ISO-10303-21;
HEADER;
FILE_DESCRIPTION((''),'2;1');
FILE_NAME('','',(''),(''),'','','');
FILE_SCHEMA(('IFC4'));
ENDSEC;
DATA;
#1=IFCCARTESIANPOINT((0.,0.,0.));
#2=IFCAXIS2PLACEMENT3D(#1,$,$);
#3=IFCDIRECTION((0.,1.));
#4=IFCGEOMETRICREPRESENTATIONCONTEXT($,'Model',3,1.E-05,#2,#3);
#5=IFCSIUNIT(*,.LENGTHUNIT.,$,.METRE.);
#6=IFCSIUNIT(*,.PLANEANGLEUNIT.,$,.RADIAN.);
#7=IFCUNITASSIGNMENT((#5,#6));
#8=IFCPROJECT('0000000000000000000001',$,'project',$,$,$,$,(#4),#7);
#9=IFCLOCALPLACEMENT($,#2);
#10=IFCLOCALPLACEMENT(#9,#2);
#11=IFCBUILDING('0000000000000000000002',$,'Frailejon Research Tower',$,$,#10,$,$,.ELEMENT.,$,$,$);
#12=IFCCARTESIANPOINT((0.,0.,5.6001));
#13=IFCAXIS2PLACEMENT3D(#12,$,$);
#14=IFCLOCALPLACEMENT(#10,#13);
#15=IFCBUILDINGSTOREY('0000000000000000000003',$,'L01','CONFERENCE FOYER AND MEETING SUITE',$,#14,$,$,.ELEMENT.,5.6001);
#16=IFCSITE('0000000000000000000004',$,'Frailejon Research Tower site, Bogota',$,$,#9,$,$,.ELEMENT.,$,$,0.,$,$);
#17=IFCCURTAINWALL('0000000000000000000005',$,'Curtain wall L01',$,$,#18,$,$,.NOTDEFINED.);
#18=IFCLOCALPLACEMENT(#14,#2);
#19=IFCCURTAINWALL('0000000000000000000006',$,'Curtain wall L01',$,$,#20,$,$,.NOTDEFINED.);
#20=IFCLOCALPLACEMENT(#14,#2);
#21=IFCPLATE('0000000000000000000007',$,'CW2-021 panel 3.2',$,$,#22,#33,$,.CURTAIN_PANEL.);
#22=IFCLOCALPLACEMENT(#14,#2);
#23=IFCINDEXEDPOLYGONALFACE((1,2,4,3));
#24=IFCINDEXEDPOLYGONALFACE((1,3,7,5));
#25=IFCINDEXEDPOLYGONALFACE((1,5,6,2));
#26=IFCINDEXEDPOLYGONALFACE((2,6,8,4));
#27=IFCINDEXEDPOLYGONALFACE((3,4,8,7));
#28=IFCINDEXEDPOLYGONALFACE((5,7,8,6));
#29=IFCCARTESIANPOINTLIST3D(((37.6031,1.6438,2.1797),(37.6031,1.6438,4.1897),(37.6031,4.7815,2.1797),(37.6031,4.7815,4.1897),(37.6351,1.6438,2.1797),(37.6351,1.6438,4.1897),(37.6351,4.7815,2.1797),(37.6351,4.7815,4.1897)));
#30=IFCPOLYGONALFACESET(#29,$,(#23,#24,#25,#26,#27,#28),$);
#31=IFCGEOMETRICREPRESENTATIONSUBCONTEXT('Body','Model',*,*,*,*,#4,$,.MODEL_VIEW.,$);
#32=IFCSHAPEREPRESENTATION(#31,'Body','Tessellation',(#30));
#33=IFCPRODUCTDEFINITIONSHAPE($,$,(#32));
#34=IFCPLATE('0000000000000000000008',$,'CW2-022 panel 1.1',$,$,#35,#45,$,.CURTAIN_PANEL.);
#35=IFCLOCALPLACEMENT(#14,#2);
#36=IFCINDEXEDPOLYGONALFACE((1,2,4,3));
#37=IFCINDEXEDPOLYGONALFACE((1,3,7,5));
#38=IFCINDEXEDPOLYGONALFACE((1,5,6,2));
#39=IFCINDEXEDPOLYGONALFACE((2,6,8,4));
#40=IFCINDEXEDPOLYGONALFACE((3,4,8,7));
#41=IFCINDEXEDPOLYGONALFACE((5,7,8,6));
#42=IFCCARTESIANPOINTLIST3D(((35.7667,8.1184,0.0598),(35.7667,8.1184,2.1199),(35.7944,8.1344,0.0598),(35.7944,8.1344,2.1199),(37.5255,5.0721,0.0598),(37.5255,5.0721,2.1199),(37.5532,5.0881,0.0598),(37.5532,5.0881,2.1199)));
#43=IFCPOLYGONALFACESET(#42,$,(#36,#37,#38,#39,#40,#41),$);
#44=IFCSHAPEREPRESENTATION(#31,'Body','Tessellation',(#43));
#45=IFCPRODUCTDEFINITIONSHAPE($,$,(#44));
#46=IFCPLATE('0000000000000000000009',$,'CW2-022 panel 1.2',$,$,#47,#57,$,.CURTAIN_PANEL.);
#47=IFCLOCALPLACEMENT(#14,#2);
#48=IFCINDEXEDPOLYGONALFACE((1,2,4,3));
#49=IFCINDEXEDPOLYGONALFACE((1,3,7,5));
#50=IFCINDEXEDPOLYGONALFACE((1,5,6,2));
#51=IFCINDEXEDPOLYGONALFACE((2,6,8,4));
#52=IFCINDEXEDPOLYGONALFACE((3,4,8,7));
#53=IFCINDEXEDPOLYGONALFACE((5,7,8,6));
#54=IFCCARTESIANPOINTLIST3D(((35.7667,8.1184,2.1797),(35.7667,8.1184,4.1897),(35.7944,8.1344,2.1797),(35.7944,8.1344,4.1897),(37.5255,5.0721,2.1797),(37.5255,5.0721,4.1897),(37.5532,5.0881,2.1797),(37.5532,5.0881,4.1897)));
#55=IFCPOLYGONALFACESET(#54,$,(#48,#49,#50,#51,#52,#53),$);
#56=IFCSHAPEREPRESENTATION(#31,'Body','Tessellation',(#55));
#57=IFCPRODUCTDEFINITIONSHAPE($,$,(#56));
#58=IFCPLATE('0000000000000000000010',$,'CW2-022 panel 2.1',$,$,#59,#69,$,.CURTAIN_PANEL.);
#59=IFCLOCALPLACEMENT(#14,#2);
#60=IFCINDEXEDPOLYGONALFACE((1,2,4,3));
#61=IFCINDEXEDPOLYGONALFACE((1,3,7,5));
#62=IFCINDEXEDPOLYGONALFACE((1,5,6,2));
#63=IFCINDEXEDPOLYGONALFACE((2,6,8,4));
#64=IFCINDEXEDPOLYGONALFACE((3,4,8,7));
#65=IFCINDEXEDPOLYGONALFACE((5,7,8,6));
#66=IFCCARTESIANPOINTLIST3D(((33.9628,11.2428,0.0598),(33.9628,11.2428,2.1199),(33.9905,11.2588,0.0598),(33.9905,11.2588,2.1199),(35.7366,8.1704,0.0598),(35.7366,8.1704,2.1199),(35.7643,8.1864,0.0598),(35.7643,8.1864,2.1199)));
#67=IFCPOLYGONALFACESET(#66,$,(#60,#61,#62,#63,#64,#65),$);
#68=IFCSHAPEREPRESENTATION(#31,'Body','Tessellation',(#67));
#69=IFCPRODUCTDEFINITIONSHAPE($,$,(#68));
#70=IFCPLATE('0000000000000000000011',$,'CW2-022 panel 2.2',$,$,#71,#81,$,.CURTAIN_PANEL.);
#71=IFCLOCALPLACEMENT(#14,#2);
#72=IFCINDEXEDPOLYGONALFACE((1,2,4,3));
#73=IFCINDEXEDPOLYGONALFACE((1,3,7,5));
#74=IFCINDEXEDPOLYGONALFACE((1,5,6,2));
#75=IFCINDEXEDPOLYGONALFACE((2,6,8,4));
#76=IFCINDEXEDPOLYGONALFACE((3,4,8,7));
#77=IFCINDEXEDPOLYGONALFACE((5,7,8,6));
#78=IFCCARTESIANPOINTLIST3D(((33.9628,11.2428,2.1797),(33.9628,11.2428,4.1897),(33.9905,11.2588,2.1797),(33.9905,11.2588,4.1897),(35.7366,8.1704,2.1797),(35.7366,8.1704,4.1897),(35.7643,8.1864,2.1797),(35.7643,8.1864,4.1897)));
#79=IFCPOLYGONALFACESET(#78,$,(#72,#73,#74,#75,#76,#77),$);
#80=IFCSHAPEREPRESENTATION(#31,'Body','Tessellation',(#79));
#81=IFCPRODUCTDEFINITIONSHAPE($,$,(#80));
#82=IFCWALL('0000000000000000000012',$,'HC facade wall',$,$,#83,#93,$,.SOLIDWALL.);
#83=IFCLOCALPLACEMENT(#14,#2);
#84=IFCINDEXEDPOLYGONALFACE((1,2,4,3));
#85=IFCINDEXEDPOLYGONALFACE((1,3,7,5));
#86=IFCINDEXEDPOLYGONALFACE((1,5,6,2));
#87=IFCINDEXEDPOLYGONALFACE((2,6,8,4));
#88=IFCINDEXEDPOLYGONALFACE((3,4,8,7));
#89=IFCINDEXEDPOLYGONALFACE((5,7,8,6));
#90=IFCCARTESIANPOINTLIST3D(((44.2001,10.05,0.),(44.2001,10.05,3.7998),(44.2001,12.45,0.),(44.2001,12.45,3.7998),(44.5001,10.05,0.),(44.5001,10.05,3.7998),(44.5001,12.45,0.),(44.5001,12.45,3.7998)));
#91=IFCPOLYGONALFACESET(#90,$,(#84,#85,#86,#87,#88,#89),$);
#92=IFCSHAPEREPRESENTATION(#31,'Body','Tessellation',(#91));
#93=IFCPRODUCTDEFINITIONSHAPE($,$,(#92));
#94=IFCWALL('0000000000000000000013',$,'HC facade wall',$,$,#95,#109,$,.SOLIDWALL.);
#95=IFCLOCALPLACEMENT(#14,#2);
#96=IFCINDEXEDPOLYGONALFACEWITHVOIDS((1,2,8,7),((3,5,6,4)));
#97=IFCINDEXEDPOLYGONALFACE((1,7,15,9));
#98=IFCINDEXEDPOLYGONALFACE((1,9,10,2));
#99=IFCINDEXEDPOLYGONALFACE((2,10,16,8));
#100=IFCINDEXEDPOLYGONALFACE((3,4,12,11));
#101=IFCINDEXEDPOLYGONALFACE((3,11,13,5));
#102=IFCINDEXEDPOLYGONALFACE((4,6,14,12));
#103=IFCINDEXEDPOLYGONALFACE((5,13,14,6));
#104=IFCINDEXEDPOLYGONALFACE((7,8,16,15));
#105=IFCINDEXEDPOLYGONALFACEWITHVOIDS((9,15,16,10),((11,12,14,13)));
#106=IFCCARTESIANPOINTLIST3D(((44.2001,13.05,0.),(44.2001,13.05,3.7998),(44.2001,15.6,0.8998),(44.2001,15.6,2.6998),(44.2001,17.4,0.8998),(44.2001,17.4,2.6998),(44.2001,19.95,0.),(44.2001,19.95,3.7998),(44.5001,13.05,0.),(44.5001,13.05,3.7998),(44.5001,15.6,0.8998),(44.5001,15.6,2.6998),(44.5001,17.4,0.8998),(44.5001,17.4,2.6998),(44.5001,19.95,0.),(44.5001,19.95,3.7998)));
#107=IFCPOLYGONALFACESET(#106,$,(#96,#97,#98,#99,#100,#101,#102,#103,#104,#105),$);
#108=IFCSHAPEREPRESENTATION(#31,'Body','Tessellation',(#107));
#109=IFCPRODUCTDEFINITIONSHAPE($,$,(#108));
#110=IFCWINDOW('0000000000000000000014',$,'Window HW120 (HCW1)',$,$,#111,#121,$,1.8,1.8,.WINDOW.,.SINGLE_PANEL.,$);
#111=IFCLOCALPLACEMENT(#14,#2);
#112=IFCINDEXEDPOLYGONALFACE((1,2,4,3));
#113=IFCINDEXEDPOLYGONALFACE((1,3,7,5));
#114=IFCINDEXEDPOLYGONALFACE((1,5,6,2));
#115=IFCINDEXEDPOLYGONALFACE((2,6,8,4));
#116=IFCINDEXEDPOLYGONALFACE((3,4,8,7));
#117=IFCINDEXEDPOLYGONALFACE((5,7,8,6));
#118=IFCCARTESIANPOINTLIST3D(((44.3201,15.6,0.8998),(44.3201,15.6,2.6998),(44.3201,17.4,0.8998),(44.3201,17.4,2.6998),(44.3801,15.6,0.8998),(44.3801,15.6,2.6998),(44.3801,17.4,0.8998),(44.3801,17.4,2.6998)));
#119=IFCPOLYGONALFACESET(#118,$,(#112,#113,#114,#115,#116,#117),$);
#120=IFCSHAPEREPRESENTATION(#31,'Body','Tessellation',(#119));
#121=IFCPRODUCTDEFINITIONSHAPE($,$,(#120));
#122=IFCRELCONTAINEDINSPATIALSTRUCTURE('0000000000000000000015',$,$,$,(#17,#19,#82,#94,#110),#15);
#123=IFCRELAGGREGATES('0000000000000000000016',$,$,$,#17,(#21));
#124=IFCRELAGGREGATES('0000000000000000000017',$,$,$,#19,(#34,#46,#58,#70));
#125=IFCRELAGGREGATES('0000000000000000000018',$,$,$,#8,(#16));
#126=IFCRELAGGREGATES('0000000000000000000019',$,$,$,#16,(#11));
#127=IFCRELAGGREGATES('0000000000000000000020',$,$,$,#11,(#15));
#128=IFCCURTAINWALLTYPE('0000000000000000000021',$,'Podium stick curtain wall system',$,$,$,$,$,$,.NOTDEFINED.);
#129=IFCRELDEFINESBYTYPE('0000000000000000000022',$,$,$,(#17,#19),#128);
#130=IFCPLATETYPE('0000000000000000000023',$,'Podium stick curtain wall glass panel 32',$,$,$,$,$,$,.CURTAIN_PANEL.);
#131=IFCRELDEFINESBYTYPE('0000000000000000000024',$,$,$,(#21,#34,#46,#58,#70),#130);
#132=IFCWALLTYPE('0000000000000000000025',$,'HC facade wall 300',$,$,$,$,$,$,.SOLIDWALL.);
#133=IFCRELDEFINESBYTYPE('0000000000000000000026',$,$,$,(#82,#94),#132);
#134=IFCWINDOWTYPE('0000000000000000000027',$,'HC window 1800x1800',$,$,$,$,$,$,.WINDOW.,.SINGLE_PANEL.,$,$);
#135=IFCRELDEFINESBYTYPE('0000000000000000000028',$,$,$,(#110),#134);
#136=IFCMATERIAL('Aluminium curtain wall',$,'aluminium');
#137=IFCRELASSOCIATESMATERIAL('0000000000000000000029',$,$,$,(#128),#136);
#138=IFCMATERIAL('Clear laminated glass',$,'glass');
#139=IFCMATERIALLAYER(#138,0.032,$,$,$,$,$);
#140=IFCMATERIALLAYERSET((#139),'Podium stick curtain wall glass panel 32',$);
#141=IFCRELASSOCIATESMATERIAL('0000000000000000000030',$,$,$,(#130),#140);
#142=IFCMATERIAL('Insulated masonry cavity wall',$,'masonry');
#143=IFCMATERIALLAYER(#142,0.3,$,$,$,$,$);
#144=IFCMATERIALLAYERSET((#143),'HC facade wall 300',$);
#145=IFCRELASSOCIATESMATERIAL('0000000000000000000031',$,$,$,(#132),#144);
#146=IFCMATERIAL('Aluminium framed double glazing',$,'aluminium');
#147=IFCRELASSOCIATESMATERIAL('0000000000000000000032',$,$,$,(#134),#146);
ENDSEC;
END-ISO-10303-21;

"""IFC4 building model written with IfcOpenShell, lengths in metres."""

from ifc_helpers import new_model, si_unit, direction, frame, frame_2d, origin, origin_2d, place, context, subcontext, project, spatial, rectangle, extrude, material, layer, layer_set, type_object, element, fill, aggregate, save


model = new_model("IFC4")

# Units and contexts
model_context = context("Model", 3, precision=1e-05, world=origin(), true_north=direction((0.0, 1.0)))
body_context = subcontext(model_context, "Body", "Model", "MODEL_VIEW")
ifc_project = project(units=[si_unit("LENGTHUNIT", "METRE"), si_unit("PLANEANGLEUNIT", "RADIAN")], contexts=[model_context])

# Site, building, storey
site_placement = place(None, origin())
site = spatial("IfcSite", under=ifc_project, at=site_placement, Name="Frailejon Research Tower site, Bogota", CompositionType="ELEMENT", RefElevation=0.0)
building_placement = place(site_placement, origin())
building = spatial("IfcBuilding", under=site, at=building_placement, Name="Frailejon Research Tower", CompositionType="ELEMENT")
storey_placement = place(building_placement, frame((0.0, 0.0, 5.6001)))
storey = spatial("IfcBuildingStorey", under=building, at=storey_placement, Name="L01", Description="CONFERENCE FOYER AND MEETING SUITE", CompositionType="ELEMENT", Elevation=5.6001)

# Curtain wall
ifc_material_1 = material(Name="Aluminium curtain wall", Category="aluminium")
curtain_wall_type = type_object("IfcCurtainWallType", Name="Podium stick curtain wall system", PredefinedType="NOTDEFINED", material=ifc_material_1)
curtain_wall_1_placement = place(storey_placement, origin())
curtain_wall_1 = element("IfcCurtainWall", 1, at=curtain_wall_1_placement, inside=storey, type_object=curtain_wall_type, Name="Curtain wall L01", PredefinedType="NOTDEFINED")

# Curtain wall
curtain_wall_2_placement = place(storey_placement, origin())
curtain_wall_2 = element("IfcCurtainWall", 2, at=curtain_wall_2_placement, inside=storey, type_object=curtain_wall_type, Name="Curtain wall L01", PredefinedType="NOTDEFINED")

# Plates
ifc_material_2 = material(Name="Clear laminated glass", Category="glass")
ifc_layer_1 = layer(ifc_material_2, 0.032)
ifc_layer_set_1 = layer_set([ifc_layer_1], Name="Podium stick curtain wall glass panel 32")
plate_type = type_object("IfcPlateType", Name="Podium stick curtain wall glass panel 32", PredefinedType="CURTAIN_PANEL", material=ifc_layer_set_1)
plate_1_placement = place(storey_placement, frame((37.6191, 3.2126, 2.1797), z_axis=(0.0, 0.0, 1.0), x_axis=(0.0, 1.0, 0.0)))
plate_1 = element("IfcPlate", 3, at=plate_1_placement, type_object=plate_type, Name="CW2-021 panel 3.2", PredefinedType="CURTAIN_PANEL", context=body_context, shape_type="SweptSolid", body=[
    extrude(rectangle(XDim=3.1377, YDim=0.032, at=origin_2d()), origin(), (0.0, 0.0, 1.0), 2.01),
])
aggregate(curtain_wall_1, [plate_1])
plate_2_placement = place(storey_placement, frame((36.6599, 6.6033, 0.0598), z_axis=(0.0, 0.0, 1.0), x_axis=(-0.499998, 0.866026, 0.0)))
plate_2 = element("IfcPlate", 4, at=plate_2_placement, type_object=plate_type, Name="CW2-022 panel 1.1", PredefinedType="CURTAIN_PANEL", context=body_context, shape_type="SweptSolid", body=[
    extrude(rectangle(XDim=3.5176, YDim=0.032, at=origin_2d()), origin(), (0.0, 0.0, 1.0), 2.0601),
])
plate_3_placement = place(storey_placement, frame((36.6599, 6.6033, 2.1797), z_axis=(0.0, 0.0, 1.0), x_axis=(-0.499998, 0.866026, 0.0)))
plate_3 = element("IfcPlate", 5, at=plate_3_placement, type_object=plate_type, Name="CW2-022 panel 1.2", PredefinedType="CURTAIN_PANEL", context=body_context, shape_type="SweptSolid", body=[
    extrude(rectangle(XDim=3.5176, YDim=0.032, at=origin_2d()), origin(), (0.0, 0.0, 1.0), 2.01),
])
plate_4_placement = place(storey_placement, frame((34.8635, 9.7146, 0.0598), z_axis=(0.0, 0.0, 1.0), x_axis=(-0.499998, 0.866026, 0.0)))
plate_4 = element("IfcPlate", 6, at=plate_4_placement, type_object=plate_type, Name="CW2-022 panel 2.1", PredefinedType="CURTAIN_PANEL", context=body_context, shape_type="SweptSolid", body=[
    extrude(rectangle(XDim=3.5476, YDim=0.032, at=origin_2d()), origin(), (0.0, 0.0, 1.0), 2.0601),
])
plate_5_placement = place(storey_placement, frame((34.8635, 9.7146, 2.1797), z_axis=(0.0, 0.0, 1.0), x_axis=(-0.499998, 0.866026, 0.0)))
plate_5 = element("IfcPlate", 7, at=plate_5_placement, type_object=plate_type, Name="CW2-022 panel 2.2", PredefinedType="CURTAIN_PANEL", context=body_context, shape_type="SweptSolid", body=[
    extrude(rectangle(XDim=3.5476, YDim=0.032, at=origin_2d()), origin(), (0.0, 0.0, 1.0), 2.01),
])
aggregate(curtain_wall_2, [plate_2, plate_3, plate_4, plate_5])

# Wall
ifc_material_3 = material(Name="Insulated masonry cavity wall", Category="masonry")
ifc_layer_2 = layer(ifc_material_3, 0.3)
ifc_layer_set_2 = layer_set([ifc_layer_2], Name="HC facade wall 300")
wall_type = type_object("IfcWallType", Name="HC facade wall 300", PredefinedType="SOLIDWALL", material=ifc_layer_set_2)
wall_1_placement = place(storey_placement, frame((44.3501, 10.05, 0.0), z_axis=(0.0, 0.0, 1.0), x_axis=(0.0, 1.0, 0.0)))
element("IfcWall", 8, at=wall_1_placement, inside=storey, type_object=wall_type, Name="HC facade wall", PredefinedType="SOLIDWALL", context=body_context, shape_type="SweptSolid", body=[
    extrude(rectangle(XDim=2.3999, YDim=0.3, at=frame_2d((1.2, 0.0))), origin(), (0.0, 0.0, 1.0), 3.7998),
])

# Wall, opening, window
wall_2_placement = place(storey_placement, frame((44.3501, 13.05, 0.0), z_axis=(0.0, 0.0, 1.0), x_axis=(0.0, 1.0, 0.0)))
wall_2 = element("IfcWall", 9, at=wall_2_placement, inside=storey, type_object=wall_type, Name="HC facade wall", PredefinedType="SOLIDWALL", context=body_context, shape_type="SweptSolid", body=[
    extrude(rectangle(XDim=6.8999, YDim=0.3, at=frame_2d((3.45, 0.0))), origin(), (0.0, 0.0, 1.0), 3.7998),
])
opening_placement = place(wall_2_placement, frame((2.55, 0.0, 0.8999)))
opening = element("IfcOpeningElement", 10, at=opening_placement, cuts=wall_2, PredefinedType="OPENING", context=body_context, shape_type="SweptSolid", body=[
    extrude(rectangle(XDim=1.8, YDim=1.8, at=frame_2d((0.8999, 0.8999))), frame((0.0, 0.1599, 0.0), z_axis=(0.0, -1.0, 0.0), x_axis=(1.0, 0.0, 0.0)), (0.0, 0.0, 1.0), 0.3201),
])
ifc_material_4 = material(Name="Aluminium framed double glazing", Category="aluminium")
window_type = type_object("IfcWindowType", Name="HC window 1800x1800", PartitioningType="SINGLE_PANEL", PredefinedType="WINDOW", material=ifc_material_4)
window_placement = place(opening_placement, origin())
window = element("IfcWindow", 11, at=window_placement, inside=storey, type_object=window_type, Name="Window HW120 (HCW1)", OverallHeight=1.8, OverallWidth=1.8, PartitioningType="SINGLE_PANEL", PredefinedType="WINDOW", context=body_context, shape_type="SweptSolid", body=[
    extrude(rectangle(XDim=1.8, YDim=1.8, at=frame_2d((0.8999, 0.8999))), frame((0.0, 0.03, 0.0), z_axis=(0.0, -1.0, 0.0), x_axis=(1.0, 0.0, 0.0)), (0.0, 0.0, 1.0), 0.0601),
])
fill(opening, window)

save(model, "model.ifc")
